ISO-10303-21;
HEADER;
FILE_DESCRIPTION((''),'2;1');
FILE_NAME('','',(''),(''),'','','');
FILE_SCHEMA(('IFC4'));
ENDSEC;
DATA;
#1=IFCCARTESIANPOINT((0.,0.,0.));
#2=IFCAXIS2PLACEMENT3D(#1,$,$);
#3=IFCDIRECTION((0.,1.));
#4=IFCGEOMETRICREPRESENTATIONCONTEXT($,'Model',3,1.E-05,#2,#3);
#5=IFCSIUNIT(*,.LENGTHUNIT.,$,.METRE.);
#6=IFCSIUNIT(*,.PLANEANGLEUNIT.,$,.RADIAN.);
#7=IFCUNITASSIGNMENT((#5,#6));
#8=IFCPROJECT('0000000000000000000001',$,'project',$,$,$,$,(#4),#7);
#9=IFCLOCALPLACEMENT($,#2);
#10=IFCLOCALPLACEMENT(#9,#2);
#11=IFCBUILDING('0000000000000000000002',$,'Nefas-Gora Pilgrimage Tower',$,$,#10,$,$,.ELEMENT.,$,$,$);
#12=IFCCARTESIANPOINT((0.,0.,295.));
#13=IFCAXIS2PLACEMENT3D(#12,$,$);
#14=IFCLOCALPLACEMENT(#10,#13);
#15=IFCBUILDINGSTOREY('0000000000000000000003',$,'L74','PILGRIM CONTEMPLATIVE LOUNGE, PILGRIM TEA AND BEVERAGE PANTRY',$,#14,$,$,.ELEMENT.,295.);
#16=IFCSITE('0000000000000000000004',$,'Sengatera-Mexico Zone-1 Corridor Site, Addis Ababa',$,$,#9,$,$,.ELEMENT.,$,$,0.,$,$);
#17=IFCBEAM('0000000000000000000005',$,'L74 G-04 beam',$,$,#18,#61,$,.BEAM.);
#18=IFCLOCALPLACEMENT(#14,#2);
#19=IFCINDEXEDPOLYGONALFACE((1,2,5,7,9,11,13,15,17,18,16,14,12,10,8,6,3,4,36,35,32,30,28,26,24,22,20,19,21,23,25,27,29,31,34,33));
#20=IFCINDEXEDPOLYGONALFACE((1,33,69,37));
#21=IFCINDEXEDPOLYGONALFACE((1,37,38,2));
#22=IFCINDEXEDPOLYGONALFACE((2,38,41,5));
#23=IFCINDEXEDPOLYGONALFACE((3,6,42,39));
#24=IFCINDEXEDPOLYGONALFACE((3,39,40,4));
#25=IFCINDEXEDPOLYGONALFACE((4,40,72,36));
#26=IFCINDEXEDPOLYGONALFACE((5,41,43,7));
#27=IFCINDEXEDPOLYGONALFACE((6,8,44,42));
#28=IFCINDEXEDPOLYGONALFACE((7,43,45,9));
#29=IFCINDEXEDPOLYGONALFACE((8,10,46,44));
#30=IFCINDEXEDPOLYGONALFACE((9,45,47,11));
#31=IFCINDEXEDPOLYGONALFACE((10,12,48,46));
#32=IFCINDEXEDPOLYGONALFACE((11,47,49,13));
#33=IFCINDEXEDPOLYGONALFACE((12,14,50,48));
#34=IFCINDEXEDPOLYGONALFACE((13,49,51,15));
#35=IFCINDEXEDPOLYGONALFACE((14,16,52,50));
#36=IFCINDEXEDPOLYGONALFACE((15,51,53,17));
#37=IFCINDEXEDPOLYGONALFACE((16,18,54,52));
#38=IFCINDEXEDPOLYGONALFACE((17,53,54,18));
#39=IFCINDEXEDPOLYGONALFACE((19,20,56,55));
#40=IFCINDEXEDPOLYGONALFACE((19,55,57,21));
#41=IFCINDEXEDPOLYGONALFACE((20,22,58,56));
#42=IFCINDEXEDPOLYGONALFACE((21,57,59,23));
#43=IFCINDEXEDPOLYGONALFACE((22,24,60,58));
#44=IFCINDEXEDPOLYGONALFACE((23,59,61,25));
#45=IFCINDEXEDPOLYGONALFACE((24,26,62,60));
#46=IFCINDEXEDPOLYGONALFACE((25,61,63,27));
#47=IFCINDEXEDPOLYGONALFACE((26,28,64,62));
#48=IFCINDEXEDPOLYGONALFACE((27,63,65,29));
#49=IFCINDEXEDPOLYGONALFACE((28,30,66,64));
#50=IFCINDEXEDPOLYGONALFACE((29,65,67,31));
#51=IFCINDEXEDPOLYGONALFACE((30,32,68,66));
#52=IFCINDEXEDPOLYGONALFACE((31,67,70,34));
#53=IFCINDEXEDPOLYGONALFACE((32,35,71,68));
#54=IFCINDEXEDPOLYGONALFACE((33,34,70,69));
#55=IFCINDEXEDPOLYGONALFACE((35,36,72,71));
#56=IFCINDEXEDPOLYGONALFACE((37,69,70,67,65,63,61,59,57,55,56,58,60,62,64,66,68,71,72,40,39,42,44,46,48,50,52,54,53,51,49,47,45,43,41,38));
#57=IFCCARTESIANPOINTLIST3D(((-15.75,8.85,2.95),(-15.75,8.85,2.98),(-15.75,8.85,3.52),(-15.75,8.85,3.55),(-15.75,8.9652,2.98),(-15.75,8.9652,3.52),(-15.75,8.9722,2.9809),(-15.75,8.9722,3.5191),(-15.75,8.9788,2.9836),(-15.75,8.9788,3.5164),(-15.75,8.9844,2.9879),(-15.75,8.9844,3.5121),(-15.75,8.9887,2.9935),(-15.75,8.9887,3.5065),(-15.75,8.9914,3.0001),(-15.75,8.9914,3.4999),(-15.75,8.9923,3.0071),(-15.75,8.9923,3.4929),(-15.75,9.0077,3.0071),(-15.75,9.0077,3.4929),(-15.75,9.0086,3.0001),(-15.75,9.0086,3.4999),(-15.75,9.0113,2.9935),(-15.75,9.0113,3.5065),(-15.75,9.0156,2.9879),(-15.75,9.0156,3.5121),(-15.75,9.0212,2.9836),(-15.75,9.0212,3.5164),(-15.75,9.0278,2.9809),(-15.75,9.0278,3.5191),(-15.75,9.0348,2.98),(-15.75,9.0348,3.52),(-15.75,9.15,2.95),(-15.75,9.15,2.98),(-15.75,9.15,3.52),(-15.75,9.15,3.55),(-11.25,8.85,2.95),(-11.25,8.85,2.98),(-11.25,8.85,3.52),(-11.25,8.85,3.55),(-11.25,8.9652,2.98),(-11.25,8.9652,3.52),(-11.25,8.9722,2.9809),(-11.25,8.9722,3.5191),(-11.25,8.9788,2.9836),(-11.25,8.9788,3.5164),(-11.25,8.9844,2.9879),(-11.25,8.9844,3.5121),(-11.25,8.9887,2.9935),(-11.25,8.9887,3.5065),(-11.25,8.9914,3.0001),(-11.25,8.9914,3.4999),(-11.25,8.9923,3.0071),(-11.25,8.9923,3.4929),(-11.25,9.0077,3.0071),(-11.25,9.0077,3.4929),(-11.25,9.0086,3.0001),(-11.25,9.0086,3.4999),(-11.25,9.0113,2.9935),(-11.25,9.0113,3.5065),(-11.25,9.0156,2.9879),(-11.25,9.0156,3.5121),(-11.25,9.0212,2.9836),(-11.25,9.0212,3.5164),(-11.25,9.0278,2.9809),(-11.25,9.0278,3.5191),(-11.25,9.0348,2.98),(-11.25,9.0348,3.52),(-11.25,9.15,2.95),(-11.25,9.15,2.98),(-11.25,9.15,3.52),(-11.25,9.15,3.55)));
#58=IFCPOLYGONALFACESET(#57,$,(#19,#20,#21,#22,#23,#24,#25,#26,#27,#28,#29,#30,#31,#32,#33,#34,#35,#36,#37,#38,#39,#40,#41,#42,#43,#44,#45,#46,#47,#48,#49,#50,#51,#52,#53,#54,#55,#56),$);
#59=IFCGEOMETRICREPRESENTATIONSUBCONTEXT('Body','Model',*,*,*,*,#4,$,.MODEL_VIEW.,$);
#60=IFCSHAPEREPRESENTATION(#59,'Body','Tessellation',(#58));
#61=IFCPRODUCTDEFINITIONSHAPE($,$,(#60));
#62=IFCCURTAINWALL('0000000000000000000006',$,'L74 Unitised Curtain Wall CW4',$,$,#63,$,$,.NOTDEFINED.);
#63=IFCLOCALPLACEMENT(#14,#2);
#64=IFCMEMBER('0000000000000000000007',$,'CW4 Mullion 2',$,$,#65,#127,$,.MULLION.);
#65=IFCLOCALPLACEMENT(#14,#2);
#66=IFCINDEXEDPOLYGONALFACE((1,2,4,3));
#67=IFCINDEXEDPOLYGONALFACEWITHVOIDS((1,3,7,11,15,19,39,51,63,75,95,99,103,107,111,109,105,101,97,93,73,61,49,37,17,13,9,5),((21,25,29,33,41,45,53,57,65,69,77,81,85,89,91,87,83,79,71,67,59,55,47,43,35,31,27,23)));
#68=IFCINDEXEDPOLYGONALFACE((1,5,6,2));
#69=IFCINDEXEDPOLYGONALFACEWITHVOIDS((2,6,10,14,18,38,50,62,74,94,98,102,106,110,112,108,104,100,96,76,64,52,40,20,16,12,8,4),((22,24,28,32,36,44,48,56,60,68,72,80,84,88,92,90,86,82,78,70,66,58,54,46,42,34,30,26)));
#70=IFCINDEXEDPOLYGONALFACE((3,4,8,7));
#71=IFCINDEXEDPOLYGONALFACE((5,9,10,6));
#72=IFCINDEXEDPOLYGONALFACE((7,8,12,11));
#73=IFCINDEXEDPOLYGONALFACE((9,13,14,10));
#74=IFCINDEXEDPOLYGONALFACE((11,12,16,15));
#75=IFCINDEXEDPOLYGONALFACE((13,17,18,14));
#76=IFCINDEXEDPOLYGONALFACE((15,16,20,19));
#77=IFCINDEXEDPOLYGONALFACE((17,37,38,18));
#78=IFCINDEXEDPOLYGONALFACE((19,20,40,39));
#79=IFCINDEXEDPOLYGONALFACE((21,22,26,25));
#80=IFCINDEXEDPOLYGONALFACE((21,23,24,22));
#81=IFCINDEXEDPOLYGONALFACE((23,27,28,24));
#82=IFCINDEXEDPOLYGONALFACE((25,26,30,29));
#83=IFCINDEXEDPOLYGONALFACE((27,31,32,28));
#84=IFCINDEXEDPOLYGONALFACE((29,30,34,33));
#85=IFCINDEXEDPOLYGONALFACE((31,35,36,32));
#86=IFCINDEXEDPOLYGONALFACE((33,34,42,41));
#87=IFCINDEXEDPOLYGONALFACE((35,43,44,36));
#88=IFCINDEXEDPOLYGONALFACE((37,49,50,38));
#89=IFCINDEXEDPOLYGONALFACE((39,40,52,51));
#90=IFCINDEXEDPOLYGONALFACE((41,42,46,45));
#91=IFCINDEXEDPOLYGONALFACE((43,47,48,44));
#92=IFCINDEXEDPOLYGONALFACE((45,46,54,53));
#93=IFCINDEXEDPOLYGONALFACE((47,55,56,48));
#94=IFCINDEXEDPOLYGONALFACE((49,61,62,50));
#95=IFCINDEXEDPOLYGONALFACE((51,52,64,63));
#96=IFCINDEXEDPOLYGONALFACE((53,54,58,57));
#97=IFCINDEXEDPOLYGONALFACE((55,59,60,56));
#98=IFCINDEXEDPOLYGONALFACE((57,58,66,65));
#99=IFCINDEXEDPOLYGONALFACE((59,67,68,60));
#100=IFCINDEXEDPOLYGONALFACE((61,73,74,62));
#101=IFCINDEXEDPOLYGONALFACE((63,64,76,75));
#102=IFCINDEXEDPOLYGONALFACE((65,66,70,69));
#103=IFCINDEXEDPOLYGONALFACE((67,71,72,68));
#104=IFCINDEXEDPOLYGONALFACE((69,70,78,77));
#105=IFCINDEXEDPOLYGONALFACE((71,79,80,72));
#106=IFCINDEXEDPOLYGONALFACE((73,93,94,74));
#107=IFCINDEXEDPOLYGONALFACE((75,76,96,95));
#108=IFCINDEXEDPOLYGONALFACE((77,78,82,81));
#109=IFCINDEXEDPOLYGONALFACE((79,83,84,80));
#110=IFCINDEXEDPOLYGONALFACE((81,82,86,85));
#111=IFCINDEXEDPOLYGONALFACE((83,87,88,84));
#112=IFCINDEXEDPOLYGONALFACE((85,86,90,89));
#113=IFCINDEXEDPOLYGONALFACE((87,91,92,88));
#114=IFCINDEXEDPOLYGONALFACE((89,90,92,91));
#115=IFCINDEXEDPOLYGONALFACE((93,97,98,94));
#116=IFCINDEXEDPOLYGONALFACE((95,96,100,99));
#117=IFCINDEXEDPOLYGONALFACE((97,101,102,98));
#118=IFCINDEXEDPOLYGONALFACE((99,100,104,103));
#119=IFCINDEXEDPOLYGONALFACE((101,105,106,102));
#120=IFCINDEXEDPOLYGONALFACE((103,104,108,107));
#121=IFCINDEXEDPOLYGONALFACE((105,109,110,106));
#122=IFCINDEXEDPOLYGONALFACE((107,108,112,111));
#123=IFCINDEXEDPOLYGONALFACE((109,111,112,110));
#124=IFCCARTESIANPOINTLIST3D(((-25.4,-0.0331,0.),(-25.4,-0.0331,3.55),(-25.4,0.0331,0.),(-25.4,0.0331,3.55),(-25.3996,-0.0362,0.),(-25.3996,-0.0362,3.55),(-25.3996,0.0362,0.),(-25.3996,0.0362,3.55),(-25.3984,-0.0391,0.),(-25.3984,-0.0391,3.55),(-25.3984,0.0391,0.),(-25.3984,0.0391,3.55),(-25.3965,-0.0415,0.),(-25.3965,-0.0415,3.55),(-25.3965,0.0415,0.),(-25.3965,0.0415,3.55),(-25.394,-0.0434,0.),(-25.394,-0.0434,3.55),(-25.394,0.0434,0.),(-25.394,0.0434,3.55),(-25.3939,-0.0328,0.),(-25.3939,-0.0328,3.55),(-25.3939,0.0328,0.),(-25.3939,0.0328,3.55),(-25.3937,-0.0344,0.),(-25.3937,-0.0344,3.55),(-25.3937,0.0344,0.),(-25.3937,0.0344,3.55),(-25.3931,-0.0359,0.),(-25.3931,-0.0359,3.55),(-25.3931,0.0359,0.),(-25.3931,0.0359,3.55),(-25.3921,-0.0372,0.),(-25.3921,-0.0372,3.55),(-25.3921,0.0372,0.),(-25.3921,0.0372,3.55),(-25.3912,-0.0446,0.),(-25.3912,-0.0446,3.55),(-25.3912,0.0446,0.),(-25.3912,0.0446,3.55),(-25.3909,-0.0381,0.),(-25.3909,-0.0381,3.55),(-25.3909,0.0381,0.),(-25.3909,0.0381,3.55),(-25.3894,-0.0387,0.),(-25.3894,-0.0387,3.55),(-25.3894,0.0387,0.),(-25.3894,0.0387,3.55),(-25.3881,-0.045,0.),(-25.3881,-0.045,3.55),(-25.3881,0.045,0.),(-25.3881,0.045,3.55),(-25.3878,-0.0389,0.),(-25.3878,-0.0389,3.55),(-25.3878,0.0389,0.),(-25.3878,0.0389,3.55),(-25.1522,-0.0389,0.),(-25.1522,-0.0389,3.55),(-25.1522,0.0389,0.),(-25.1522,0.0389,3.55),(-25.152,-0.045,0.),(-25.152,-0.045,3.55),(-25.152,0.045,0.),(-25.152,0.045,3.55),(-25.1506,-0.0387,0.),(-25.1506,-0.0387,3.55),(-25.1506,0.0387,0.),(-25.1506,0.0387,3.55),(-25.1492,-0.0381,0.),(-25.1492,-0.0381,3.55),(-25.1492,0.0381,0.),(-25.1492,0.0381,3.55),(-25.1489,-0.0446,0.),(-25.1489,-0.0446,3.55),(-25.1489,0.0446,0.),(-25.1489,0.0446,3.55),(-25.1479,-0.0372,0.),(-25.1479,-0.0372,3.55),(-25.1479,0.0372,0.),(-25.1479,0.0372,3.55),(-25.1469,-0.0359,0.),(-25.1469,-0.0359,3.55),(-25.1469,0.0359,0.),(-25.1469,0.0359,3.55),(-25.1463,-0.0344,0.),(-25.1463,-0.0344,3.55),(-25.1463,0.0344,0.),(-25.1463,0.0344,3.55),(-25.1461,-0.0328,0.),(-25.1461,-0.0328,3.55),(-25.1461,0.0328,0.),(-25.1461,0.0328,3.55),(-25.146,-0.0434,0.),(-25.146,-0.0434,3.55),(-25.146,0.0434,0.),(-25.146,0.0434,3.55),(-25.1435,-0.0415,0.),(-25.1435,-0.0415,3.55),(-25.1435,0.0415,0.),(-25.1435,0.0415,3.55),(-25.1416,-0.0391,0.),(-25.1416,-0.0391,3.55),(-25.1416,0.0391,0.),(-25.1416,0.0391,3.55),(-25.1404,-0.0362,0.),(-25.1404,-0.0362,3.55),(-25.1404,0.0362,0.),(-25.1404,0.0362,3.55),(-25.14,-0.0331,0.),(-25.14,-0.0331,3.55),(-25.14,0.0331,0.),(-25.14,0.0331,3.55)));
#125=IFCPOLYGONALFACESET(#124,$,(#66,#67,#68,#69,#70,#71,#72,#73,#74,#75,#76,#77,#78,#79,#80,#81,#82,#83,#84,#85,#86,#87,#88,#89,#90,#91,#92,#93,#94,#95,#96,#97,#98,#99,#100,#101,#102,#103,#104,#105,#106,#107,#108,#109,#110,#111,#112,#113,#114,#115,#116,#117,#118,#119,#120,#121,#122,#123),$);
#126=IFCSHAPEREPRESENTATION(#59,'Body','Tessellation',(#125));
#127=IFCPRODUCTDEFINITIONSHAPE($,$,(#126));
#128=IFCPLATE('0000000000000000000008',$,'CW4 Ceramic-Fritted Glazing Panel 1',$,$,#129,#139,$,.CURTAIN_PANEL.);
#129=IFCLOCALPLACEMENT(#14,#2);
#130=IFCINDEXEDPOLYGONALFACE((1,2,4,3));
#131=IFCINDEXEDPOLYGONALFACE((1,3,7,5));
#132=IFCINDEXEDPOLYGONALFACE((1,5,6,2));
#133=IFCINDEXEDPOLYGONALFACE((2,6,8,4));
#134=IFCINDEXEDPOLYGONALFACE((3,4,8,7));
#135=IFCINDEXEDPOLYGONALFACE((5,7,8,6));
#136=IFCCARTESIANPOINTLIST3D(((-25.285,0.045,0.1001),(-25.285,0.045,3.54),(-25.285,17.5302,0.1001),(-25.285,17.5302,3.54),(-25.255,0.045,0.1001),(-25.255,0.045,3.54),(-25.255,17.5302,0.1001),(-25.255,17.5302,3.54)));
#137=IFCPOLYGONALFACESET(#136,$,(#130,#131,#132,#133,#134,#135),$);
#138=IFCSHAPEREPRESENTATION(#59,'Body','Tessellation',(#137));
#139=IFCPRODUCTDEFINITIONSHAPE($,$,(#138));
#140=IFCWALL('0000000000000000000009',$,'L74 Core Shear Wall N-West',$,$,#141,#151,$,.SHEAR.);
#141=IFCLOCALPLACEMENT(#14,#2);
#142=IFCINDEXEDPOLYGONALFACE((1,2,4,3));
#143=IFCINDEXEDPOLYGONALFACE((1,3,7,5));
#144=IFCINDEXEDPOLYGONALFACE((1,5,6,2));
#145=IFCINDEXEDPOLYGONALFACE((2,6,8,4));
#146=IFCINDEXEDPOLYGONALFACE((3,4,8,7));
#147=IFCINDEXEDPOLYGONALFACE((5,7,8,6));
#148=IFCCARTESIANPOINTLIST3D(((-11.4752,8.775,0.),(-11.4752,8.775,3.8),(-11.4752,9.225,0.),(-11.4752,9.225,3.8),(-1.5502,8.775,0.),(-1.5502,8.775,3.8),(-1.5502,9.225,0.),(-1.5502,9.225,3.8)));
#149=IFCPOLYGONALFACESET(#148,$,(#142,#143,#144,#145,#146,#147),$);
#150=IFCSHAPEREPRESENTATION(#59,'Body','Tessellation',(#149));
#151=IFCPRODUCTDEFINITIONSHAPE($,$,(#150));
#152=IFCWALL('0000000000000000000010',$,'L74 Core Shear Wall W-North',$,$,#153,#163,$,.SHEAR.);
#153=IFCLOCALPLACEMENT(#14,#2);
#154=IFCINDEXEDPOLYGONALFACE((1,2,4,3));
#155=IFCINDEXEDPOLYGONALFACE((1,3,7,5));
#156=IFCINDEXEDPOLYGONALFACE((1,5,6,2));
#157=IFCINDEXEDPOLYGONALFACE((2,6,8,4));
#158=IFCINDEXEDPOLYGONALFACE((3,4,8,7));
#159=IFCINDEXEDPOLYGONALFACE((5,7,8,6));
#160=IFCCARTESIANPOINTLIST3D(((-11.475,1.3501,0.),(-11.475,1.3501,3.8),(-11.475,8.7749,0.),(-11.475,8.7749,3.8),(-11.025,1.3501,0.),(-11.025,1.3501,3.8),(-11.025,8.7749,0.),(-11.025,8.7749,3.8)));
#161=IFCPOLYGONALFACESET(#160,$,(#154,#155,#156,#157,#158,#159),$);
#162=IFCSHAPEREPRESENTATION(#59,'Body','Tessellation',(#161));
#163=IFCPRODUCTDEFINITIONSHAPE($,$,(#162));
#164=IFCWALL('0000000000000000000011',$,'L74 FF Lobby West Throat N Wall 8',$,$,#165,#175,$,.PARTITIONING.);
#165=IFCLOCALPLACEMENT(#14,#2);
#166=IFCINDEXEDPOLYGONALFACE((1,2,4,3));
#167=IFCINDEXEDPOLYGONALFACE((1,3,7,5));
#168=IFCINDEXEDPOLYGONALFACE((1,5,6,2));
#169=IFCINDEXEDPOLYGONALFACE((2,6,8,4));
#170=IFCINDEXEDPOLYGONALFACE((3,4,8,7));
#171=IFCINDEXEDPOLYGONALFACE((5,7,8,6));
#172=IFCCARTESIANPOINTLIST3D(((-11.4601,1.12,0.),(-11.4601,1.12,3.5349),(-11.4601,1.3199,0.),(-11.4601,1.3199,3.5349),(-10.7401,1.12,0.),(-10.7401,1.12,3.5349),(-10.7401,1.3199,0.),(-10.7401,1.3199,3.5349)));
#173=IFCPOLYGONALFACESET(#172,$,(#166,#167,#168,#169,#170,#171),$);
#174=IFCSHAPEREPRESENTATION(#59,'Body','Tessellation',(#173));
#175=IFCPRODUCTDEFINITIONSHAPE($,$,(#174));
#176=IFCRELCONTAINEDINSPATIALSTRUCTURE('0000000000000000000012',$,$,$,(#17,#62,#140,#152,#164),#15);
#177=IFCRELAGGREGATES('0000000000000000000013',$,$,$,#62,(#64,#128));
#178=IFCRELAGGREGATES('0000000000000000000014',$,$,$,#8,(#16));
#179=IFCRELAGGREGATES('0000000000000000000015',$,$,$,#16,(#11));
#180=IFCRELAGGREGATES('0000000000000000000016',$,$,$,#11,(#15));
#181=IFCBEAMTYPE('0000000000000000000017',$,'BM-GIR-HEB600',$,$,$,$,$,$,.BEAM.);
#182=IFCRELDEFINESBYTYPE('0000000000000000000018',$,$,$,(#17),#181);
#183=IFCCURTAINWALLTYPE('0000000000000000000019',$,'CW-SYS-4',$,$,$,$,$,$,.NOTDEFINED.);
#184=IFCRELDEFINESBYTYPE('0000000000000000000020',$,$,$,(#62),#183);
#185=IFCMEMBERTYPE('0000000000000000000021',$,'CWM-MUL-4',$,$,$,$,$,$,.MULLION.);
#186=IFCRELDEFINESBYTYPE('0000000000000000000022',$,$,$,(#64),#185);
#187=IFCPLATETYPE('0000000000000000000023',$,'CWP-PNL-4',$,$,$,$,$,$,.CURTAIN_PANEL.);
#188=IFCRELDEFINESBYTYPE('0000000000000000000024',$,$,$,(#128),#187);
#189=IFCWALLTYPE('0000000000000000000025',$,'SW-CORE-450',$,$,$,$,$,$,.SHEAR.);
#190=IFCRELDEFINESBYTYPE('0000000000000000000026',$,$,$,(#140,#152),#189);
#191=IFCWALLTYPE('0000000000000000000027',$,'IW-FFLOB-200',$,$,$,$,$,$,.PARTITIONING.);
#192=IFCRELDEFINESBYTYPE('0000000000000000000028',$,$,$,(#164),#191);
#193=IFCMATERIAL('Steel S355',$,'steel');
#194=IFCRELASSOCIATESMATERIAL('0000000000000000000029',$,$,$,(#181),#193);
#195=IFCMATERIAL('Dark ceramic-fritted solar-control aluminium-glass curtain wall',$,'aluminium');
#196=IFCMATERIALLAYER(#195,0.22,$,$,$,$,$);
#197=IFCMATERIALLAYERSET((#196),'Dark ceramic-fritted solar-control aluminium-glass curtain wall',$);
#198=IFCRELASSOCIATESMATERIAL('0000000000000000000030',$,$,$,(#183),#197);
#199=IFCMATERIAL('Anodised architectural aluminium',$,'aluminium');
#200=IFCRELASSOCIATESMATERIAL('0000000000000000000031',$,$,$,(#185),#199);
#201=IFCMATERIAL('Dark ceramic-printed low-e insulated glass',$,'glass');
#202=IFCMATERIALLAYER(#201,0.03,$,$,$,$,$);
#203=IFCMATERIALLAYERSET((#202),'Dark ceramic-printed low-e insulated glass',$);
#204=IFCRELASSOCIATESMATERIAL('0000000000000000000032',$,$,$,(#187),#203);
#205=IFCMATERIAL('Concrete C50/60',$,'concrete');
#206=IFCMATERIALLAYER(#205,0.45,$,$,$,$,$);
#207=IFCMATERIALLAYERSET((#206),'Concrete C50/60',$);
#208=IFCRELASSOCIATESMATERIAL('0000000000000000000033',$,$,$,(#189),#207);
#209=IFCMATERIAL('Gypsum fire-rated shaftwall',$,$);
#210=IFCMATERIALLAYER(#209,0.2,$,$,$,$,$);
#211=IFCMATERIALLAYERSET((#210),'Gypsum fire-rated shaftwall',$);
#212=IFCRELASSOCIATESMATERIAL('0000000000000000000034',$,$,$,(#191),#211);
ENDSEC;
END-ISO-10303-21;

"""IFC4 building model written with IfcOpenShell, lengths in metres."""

from ifc_helpers import new_model, si_unit, direction, frame, frame_2d, origin, origin_2d, place, context, subcontext, project, spatial, rectangle, hollow_rectangle, i_section, extrude, source, transform, mapped, material, layer, layer_set, material_profile, profile_set, type_object, element, aggregate, save


model = new_model("IFC4")

# Units and contexts
model_context = context("Model", 3, precision=1e-05, world=origin(), true_north=direction((0.0, 1.0)))
body_context = subcontext(model_context, "Body", "Model", "MODEL_VIEW")
ifc_project = project(units=[si_unit("LENGTHUNIT", "METRE"), si_unit("PLANEANGLEUNIT", "RADIAN")], contexts=[model_context])

# Site, building, storey
site_placement = place(None, origin())
site = spatial("IfcSite", under=ifc_project, at=site_placement, Name="Sengatera-Mexico Zone-1 Corridor Site, Addis Ababa", CompositionType="ELEMENT", RefElevation=0.0)
building_placement = place(site_placement, origin())
building = spatial("IfcBuilding", under=site, at=building_placement, Name="Nefas-Gora Pilgrimage Tower", CompositionType="ELEMENT")
storey_placement = place(building_placement, frame((0.0, 0.0, 295.0)))
storey = spatial("IfcBuildingStorey", under=building, at=storey_placement, Name="L74", Description="PILGRIM CONTEMPLATIVE LOUNGE, PILGRIM TEA AND BEVERAGE PANTRY", CompositionType="ELEMENT", Elevation=295.0)

# Shared definitions
ifc_material_1 = material(Name="Steel S355", Category="steel")

# Beam
ifc_material_profile_1 = material_profile(ifc_material_1, i_section(OverallWidth=0.3, OverallDepth=0.6001, WebThickness=0.0154, FlangeThickness=0.03, FilletRadius=0.0271, at=origin_2d()), Name="HEB 600")
ifc_profile_set_1 = profile_set([ifc_material_profile_1], Name="Steel S355")
beam_type_1 = type_object("IfcBeamType", Name="BM-GIR-HEB600", PredefinedType="BEAM", material=ifc_profile_set_1)
shared_shape_1 = source(origin(), body_context, "Body", "SweptSolid", [
    extrude(i_section(OverallWidth=0.3, OverallDepth=0.6001, WebThickness=0.0154, FlangeThickness=0.03, FilletRadius=0.0271, at=origin_2d()), origin(), (0.0, 0.0, 1.0), 4.5),
])
for number, where, z_axis, x_axis, name in (
    (1, (-15.75, 9.0, 3.25), (1.0, 0.0, 0.0), (0.0, 1.0, 0.0), "L74 G-04 beam"),
):
    element("IfcBeam", number, at=place(storey_placement, frame(where, z_axis=z_axis, x_axis=x_axis)), inside=storey, type_object=beam_type_1, Name=name, PredefinedType="BEAM", context=body_context, shape_type="MappedRepresentation", body=[
        mapped(shared_shape_1, transform((0.0, 0.0, 0.0), x_axis=(1.0, 0.0, 0.0), y_axis=(0.0, 1.0, 0.0), z_axis=(0.0, 0.0, 1.0), scale=1.0)),
    ])

# Curtain wall, member, plate
ifc_material_2 = material(Name="Dark ceramic-fritted solar-control aluminium-glass curtain wall", Category="aluminium")
ifc_layer_1 = layer(ifc_material_2, 0.22)
ifc_layer_set_1 = layer_set([ifc_layer_1], Name="Dark ceramic-fritted solar-control aluminium-glass curtain wall")
curtain_wall_type = type_object("IfcCurtainWallType", Name="CW-SYS-4", PredefinedType="NOTDEFINED", material=ifc_layer_set_1)
curtain_wall_placement = place(storey_placement, origin())
curtain_wall = element("IfcCurtainWall", 2, at=curtain_wall_placement, inside=storey, type_object=curtain_wall_type, Name="L74 Unitised Curtain Wall CW4", PredefinedType="NOTDEFINED")
ifc_material_3 = material(Name="Anodised architectural aluminium", Category="aluminium")
ifc_material_profile_2 = material_profile(ifc_material_3, hollow_rectangle(XDim=0.0901, YDim=0.26, WallThickness=0.0061, InnerFilletRadius=0.0061, OuterFilletRadius=0.012, at=origin_2d()), Name="ALU MULLION 90x260")
ifc_profile_set_2 = profile_set([ifc_material_profile_2], Name="Anodised architectural aluminium")
member_type = type_object("IfcMemberType", Name="CWM-MUL-4", PredefinedType="MULLION", material=ifc_profile_set_2)
shared_shape_2 = source(origin(), body_context, "Body", "SweptSolid", [
    extrude(hollow_rectangle(XDim=0.0901, YDim=0.26, WallThickness=0.0061, InnerFilletRadius=0.0061, OuterFilletRadius=0.012, at=origin_2d()), origin(), (0.0, 0.0, 1.0), 3.55),
])
member_placement = place(storey_placement, frame((-25.27, 0.0, 0.0), z_axis=(0.0, 0.0, 1.0), x_axis=(0.0, -1.0, 0.0)))
member = element("IfcMember", 3, at=member_placement, type_object=member_type, Name="CW4 Mullion 2", PredefinedType="MULLION", context=body_context, shape_type="MappedRepresentation", body=[
    mapped(shared_shape_2, transform((0.0, 0.0, 0.0), x_axis=(1.0, 0.0, 0.0), y_axis=(0.0, 1.0, 0.0), z_axis=(0.0, 0.0, 1.0), scale=1.0)),
])
ifc_material_4 = material(Name="Dark ceramic-printed low-e insulated glass", Category="glass")
ifc_layer_2 = layer(ifc_material_4, 0.03)
ifc_layer_set_2 = layer_set([ifc_layer_2], Name="Dark ceramic-printed low-e insulated glass")
plate_type = type_object("IfcPlateType", Name="CWP-PNL-4", PredefinedType="CURTAIN_PANEL", material=ifc_layer_set_2)
shared_shape_3 = source(origin(), body_context, "Body", "SweptSolid", [
    extrude(rectangle(XDim=17.4851, YDim=0.03, at=origin_2d()), origin(), (0.0, 0.0, 1.0), 3.4399),
])
plate_placement = place(storey_placement, frame((-25.27, 8.7876, 0.1001), z_axis=(0.0, 0.0, 1.0), x_axis=(0.0, -1.0, 0.0)))
plate = element("IfcPlate", 4, at=plate_placement, type_object=plate_type, Name="CW4 Ceramic-Fritted Glazing Panel 1", PredefinedType="CURTAIN_PANEL", context=body_context, shape_type="MappedRepresentation", body=[
    mapped(shared_shape_3, transform((0.0, 0.0, 0.0), x_axis=(1.0, 0.0, 0.0), y_axis=(0.0, 1.0, 0.0), z_axis=(0.0, 0.0, 1.0), scale=1.0)),
])
aggregate(curtain_wall, [member, plate])

# Walls
ifc_material_5 = material(Name="Concrete C50/60", Category="concrete")
ifc_layer_3 = layer(ifc_material_5, 0.45)
ifc_layer_set_3 = layer_set([ifc_layer_3], Name="Concrete C50/60")
wall_type_1 = type_object("IfcWallType", Name="SW-CORE-450", PredefinedType="SHEAR", material=ifc_layer_set_3)
shared_shape_4 = source(origin(), body_context, "Body", "SweptSolid", [
    extrude(rectangle(XDim=9.925, YDim=0.45, at=frame_2d((4.9624, 0.0))), origin(), (0.0, 0.0, 1.0), 3.8),
])
wall_1_placement = place(storey_placement, frame((-11.4751, 9.0, 0.0), z_axis=(0.0, 0.0, 1.0), x_axis=(1.0, 0.0, 0.0)))
element("IfcWall", 5, at=wall_1_placement, inside=storey, type_object=wall_type_1, Name="L74 Core Shear Wall N-West", PredefinedType="SHEAR", context=body_context, shape_type="MappedRepresentation", body=[
    mapped(shared_shape_4, transform((0.0, 0.0, 0.0), x_axis=(1.0, 0.0, 0.0), y_axis=(0.0, 1.0, 0.0), z_axis=(0.0, 0.0, 1.0), scale=1.0)),
])
shared_shape_5 = source(origin(), body_context, "Body", "SweptSolid", [
    extrude(rectangle(XDim=7.4248, YDim=0.45, at=frame_2d((3.7124, 0.0))), origin(), (0.0, 0.0, 1.0), 3.8),
])
wall_2_placement = place(storey_placement, frame((-11.25, 1.3501, 0.0), z_axis=(0.0, 0.0, 1.0), x_axis=(0.0, 1.0, 0.0)))
element("IfcWall", 6, at=wall_2_placement, inside=storey, type_object=wall_type_1, Name="L74 Core Shear Wall W-North", PredefinedType="SHEAR", context=body_context, shape_type="MappedRepresentation", body=[
    mapped(shared_shape_5, transform((0.0, 0.0, 0.0), x_axis=(1.0, 0.0, 0.0), y_axis=(0.0, 1.0, 0.0), z_axis=(0.0, 0.0, 1.0), scale=1.0)),
])
ifc_material_6 = material(Name="Gypsum fire-rated shaftwall")
ifc_layer_4 = layer(ifc_material_6, 0.2)
ifc_layer_set_4 = layer_set([ifc_layer_4], Name="Gypsum fire-rated shaftwall")
wall_type_2 = type_object("IfcWallType", Name="IW-FFLOB-200", PredefinedType="PARTITIONING", material=ifc_layer_set_4)
shared_shape_6 = source(origin(), body_context, "Body", "SweptSolid", [
    extrude(rectangle(XDim=0.72, YDim=0.2, at=frame_2d((0.3599, 0.0))), origin(), (0.0, 0.0, 1.0), 3.5349),
])
wall_3_placement = place(storey_placement, frame((-11.46, 1.22, 0.0), z_axis=(0.0, 0.0, 1.0), x_axis=(1.0, 0.0, 0.0)))
element("IfcWall", 7, at=wall_3_placement, inside=storey, type_object=wall_type_2, Name="L74 FF Lobby West Throat N Wall 8", PredefinedType="PARTITIONING", context=body_context, shape_type="MappedRepresentation", body=[
    mapped(shared_shape_6, transform((0.0, 0.0, 0.0), x_axis=(1.0, 0.0, 0.0), y_axis=(0.0, 1.0, 0.0), z_axis=(0.0, 0.0, 1.0), scale=1.0)),
])

save(model, "model.ifc")
